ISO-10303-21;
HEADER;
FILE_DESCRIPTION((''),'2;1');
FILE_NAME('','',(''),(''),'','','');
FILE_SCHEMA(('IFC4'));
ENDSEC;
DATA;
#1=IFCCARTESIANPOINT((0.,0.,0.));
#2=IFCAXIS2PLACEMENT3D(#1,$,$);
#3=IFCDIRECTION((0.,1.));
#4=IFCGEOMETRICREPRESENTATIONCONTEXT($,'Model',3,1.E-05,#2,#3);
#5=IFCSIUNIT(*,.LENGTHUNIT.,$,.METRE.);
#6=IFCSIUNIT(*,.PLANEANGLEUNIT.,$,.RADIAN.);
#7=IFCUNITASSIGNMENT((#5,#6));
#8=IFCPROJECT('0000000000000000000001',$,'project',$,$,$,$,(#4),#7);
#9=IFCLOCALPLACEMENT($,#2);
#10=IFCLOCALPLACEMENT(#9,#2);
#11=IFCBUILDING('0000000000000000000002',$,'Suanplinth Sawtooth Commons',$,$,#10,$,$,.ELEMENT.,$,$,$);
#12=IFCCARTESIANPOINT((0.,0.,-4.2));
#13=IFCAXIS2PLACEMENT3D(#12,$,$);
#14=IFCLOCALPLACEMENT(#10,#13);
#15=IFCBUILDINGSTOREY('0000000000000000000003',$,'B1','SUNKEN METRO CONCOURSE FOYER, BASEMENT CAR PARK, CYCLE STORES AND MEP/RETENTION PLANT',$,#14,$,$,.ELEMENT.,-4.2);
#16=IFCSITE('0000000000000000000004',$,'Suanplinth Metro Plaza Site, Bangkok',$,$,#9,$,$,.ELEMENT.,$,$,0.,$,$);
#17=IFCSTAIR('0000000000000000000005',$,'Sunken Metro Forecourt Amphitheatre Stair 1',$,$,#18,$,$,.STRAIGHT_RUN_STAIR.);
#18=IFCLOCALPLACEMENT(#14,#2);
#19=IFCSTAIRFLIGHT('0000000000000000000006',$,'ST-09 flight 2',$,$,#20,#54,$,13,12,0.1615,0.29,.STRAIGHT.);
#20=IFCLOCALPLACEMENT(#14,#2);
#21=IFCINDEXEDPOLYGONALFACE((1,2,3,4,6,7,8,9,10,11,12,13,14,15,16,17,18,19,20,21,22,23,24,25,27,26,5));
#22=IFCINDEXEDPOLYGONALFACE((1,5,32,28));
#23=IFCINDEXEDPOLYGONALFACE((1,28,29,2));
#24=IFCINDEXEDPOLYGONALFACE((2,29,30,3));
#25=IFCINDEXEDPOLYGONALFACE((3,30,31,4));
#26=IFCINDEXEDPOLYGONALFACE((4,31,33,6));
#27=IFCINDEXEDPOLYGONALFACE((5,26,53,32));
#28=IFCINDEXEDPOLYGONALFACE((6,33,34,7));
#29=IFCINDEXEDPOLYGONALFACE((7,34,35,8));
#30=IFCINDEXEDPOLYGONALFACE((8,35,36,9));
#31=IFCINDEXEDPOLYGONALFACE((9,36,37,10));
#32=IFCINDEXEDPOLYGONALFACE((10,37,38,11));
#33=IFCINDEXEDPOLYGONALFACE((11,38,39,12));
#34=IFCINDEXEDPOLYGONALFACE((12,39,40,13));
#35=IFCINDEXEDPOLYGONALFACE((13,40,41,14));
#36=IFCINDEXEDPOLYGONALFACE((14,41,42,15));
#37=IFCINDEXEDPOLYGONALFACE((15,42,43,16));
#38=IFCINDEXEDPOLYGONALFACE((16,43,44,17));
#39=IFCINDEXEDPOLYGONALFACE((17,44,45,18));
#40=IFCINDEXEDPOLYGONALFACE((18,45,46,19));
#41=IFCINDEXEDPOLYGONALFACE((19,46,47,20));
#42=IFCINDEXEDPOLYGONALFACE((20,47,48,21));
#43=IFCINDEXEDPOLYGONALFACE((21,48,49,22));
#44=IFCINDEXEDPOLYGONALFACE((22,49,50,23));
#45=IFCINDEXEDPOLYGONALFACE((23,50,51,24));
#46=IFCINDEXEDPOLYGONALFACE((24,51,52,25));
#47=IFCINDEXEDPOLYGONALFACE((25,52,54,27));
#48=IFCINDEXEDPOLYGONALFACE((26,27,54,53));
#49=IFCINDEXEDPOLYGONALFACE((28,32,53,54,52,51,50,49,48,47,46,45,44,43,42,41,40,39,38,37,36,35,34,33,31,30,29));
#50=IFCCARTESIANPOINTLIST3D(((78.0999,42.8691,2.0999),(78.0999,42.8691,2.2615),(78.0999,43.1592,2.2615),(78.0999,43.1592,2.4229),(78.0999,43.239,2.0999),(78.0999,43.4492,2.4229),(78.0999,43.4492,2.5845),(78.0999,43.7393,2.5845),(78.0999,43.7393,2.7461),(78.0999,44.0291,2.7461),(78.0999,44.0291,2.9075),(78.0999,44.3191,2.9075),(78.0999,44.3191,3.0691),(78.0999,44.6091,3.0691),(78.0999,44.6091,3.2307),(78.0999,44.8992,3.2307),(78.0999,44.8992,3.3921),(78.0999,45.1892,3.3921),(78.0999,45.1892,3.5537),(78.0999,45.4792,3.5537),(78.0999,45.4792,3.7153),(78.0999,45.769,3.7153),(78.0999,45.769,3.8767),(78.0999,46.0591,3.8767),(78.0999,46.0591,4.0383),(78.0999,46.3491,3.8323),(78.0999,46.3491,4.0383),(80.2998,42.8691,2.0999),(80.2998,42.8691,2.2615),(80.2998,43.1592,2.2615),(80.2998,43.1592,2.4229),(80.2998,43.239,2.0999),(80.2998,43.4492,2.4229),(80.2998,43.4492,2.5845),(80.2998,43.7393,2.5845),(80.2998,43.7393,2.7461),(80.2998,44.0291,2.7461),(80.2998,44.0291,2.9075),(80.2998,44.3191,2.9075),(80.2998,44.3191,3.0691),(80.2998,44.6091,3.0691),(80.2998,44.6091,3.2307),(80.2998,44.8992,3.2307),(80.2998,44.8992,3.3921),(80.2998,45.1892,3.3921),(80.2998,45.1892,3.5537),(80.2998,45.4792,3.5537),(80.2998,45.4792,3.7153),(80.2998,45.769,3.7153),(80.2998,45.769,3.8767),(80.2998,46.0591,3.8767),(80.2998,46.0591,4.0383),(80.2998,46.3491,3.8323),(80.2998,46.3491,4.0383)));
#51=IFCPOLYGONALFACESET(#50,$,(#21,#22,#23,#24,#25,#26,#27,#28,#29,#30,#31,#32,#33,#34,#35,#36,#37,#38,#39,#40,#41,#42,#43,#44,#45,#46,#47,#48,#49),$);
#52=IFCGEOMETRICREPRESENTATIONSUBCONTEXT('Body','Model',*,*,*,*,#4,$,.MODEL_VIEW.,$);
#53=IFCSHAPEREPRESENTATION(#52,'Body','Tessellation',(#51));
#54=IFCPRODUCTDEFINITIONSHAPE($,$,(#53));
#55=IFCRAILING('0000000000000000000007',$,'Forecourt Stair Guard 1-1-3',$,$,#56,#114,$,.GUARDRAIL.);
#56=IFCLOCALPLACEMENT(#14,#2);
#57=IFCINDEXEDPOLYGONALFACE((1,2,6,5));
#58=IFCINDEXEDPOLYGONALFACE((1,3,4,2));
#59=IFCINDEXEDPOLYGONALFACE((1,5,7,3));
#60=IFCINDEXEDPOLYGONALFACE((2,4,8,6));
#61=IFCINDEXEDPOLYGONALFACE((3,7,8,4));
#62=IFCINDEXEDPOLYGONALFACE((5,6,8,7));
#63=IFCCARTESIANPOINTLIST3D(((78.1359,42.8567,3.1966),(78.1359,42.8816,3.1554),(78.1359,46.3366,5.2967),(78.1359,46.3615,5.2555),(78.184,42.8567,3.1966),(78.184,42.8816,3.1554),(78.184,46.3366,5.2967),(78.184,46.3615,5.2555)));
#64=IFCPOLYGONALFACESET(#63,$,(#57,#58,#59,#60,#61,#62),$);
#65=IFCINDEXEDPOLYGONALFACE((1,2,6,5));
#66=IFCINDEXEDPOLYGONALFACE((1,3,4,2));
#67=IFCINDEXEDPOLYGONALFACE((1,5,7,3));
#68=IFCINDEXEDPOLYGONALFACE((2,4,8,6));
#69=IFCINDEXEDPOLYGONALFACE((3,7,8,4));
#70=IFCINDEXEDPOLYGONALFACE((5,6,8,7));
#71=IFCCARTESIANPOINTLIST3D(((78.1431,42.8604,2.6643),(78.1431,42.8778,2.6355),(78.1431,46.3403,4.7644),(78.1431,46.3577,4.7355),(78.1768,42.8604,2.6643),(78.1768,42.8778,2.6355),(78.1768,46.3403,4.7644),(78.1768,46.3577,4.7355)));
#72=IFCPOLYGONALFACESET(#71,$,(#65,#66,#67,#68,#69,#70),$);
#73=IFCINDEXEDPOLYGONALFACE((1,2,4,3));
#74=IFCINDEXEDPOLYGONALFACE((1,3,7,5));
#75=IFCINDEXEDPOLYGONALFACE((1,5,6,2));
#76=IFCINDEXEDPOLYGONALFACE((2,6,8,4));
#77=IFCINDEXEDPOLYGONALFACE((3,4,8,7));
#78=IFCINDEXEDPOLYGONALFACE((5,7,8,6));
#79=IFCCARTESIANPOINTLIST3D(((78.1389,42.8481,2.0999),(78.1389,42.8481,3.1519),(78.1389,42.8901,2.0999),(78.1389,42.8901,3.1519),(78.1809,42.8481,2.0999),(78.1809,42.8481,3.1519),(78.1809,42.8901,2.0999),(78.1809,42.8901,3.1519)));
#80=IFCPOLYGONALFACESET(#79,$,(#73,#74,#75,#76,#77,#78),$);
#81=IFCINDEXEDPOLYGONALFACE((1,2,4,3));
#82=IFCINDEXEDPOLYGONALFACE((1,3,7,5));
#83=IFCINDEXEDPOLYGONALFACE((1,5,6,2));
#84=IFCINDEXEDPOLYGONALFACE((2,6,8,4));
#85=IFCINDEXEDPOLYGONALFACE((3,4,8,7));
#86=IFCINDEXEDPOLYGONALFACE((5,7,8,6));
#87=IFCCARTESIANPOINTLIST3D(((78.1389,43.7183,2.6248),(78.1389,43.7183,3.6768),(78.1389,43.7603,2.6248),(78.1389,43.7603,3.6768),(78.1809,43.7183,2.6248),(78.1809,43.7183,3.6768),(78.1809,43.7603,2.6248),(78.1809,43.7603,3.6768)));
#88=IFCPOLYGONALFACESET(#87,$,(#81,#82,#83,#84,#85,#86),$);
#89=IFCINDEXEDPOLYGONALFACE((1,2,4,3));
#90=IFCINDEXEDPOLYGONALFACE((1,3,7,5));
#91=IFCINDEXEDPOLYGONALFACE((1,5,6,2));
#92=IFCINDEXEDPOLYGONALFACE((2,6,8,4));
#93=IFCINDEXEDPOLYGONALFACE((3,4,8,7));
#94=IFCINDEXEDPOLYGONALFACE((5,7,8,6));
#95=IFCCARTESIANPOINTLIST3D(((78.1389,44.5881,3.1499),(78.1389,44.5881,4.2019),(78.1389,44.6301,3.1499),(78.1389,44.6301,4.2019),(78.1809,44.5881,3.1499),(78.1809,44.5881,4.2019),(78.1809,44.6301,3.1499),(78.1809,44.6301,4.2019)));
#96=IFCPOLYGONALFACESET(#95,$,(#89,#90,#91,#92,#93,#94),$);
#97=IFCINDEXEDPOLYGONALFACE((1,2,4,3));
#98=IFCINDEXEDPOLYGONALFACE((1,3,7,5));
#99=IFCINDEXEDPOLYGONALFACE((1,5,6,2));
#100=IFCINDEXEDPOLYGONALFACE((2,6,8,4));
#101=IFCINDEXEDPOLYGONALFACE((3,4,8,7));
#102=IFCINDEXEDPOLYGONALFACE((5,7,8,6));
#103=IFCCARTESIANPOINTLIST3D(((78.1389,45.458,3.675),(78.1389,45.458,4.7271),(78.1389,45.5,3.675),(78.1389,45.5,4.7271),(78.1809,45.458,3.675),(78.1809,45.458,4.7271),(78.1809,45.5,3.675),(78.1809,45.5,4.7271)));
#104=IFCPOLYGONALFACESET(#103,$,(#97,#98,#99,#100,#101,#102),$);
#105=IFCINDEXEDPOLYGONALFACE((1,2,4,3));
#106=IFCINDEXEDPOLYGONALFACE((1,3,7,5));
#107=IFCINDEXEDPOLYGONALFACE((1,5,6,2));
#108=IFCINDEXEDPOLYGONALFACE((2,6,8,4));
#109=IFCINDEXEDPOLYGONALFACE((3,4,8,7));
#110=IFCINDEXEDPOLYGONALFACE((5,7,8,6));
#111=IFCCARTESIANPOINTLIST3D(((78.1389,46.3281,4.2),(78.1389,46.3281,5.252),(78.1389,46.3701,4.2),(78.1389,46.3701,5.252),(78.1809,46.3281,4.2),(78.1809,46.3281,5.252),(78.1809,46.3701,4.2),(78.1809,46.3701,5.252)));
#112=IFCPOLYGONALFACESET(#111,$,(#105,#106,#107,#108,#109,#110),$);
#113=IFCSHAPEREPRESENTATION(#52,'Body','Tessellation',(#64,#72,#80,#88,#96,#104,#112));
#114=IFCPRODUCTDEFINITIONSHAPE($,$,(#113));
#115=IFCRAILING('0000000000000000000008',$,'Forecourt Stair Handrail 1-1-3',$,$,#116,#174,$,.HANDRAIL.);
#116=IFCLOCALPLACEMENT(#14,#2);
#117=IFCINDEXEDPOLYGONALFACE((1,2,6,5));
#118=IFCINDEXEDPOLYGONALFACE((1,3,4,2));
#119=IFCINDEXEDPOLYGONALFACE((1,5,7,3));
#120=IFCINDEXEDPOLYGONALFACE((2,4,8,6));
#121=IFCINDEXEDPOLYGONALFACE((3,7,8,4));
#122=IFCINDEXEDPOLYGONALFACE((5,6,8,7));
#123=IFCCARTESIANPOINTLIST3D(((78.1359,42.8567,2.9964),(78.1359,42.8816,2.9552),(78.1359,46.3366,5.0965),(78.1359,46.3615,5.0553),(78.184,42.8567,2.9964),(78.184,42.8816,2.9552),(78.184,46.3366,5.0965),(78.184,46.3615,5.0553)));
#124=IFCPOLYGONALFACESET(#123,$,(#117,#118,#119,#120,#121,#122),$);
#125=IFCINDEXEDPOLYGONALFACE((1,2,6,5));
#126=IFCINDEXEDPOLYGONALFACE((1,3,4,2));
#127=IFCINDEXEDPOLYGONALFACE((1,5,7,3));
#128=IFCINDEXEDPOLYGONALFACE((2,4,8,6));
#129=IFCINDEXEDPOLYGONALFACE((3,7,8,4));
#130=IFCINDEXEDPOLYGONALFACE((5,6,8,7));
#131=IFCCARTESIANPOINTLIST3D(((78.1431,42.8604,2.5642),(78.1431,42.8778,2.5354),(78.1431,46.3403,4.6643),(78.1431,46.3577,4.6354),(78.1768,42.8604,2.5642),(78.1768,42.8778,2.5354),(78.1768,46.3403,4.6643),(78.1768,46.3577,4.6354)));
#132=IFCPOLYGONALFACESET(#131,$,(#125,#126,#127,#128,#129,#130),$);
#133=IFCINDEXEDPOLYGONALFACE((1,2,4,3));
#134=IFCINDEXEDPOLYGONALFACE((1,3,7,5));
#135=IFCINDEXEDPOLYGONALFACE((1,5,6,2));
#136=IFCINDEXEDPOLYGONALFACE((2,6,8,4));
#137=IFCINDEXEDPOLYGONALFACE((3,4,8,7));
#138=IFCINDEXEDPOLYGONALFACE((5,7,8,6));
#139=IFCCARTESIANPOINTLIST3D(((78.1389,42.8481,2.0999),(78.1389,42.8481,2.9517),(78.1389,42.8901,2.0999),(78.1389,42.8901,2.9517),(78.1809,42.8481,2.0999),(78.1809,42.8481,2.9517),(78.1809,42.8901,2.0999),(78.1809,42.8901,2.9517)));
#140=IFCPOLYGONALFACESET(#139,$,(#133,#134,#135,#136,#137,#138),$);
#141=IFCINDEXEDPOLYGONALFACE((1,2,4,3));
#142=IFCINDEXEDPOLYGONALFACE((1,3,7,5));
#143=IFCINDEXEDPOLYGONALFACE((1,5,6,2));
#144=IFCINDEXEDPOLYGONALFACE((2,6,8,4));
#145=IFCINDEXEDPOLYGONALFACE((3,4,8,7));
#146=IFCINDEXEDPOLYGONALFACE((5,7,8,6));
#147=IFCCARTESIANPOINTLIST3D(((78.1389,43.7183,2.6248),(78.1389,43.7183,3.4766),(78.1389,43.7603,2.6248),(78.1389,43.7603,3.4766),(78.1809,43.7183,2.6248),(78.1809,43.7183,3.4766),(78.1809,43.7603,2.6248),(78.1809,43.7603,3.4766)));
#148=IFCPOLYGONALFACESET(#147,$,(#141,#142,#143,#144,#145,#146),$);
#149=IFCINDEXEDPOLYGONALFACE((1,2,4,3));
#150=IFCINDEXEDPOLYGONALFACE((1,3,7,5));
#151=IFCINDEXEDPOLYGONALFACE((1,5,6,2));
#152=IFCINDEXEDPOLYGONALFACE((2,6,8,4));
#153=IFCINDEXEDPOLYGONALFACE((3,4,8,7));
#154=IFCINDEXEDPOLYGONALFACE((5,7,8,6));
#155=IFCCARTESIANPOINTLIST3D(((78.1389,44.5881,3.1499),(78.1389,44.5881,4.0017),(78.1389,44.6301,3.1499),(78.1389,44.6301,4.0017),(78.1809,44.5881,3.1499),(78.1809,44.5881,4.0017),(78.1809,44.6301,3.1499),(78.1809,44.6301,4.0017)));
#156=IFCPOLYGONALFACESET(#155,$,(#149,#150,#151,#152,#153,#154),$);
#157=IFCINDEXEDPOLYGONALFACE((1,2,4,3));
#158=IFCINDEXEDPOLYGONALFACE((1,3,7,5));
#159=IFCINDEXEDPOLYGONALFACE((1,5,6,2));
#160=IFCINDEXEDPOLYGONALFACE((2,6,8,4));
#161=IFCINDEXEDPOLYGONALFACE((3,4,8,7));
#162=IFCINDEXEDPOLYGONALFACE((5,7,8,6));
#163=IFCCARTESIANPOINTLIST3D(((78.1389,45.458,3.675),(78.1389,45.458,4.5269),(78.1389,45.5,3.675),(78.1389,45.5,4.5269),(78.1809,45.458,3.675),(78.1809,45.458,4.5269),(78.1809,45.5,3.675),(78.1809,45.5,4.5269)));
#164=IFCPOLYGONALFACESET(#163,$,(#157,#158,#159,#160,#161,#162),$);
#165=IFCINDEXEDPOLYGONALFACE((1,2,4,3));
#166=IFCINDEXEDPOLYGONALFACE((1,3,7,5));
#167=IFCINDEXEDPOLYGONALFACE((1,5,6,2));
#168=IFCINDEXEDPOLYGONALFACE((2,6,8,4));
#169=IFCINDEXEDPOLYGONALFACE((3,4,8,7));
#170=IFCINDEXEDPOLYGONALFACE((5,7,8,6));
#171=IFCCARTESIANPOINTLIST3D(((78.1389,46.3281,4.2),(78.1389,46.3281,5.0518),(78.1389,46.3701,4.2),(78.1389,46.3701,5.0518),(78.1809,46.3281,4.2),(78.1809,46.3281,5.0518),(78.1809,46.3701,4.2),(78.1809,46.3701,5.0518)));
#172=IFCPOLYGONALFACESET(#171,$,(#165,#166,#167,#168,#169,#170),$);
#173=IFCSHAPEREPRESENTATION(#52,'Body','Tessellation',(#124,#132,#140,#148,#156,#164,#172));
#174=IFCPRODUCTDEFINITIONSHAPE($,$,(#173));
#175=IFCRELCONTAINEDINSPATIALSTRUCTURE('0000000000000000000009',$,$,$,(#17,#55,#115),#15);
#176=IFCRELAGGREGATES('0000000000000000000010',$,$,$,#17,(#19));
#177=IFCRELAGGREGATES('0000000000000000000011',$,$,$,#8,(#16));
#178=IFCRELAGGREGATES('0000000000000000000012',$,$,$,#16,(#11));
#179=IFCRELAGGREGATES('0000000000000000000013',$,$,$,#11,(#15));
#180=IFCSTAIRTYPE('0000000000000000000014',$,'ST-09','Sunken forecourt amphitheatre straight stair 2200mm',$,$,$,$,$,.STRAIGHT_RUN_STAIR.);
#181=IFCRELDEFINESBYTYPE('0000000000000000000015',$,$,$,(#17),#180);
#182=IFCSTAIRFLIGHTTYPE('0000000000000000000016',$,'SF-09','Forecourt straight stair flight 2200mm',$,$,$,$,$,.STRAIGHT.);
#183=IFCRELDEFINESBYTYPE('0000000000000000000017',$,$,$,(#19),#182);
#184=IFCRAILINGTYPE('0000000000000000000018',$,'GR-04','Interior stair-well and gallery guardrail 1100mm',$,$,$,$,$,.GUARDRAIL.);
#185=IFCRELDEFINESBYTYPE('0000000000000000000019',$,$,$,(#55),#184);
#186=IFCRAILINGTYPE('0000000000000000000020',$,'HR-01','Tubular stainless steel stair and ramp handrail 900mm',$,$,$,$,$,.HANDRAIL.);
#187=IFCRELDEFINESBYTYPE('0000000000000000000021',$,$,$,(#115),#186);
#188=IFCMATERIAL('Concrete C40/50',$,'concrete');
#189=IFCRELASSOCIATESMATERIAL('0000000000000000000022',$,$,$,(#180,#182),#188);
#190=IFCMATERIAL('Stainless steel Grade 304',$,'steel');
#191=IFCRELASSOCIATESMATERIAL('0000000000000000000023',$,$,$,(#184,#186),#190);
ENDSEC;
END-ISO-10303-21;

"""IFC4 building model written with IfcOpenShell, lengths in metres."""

from ifc_helpers import new_model, si_unit, direction, frame, origin, origin_2d, place, context, subcontext, project, spatial, polyline, rectangle, outline, extrude, material, type_object, element, aggregate, save


model = new_model("IFC4")

# Units and contexts
model_context = context("Model", 3, precision=1e-05, world=origin(), true_north=direction((0.0, 1.0)))
body_context = subcontext(model_context, "Body", "Model", "MODEL_VIEW")
ifc_project = project(units=[si_unit("LENGTHUNIT", "METRE"), si_unit("PLANEANGLEUNIT", "RADIAN")], contexts=[model_context])

# Site, building, storey
site_placement = place(None, origin())
site = spatial("IfcSite", under=ifc_project, at=site_placement, Name="Suanplinth Metro Plaza Site, Bangkok", CompositionType="ELEMENT", RefElevation=0.0)
building_placement = place(site_placement, origin())
building = spatial("IfcBuilding", under=site, at=building_placement, Name="Suanplinth Sawtooth Commons", CompositionType="ELEMENT")
storey_placement = place(building_placement, frame((0.0, 0.0, -4.2)))
storey = spatial("IfcBuildingStorey", under=building, at=storey_placement, Name="B1", Description="SUNKEN METRO CONCOURSE FOYER, BASEMENT CAR PARK, CYCLE STORES AND MEP/RETENTION PLANT", CompositionType="ELEMENT", Elevation=-4.2)

# Shared definitions
ifc_material_1 = material(Name="Concrete C40/50", Category="concrete")

# Stair, stair flight
stair_type = type_object("IfcStairType", Name="ST-09", Description="Sunken forecourt amphitheatre straight stair 2200mm", PredefinedType="STRAIGHT_RUN_STAIR", material=ifc_material_1)
stair_placement = place(storey_placement, origin())
stair = element("IfcStair", 1, at=stair_placement, inside=storey, type_object=stair_type, Name="Sunken Metro Forecourt Amphitheatre Stair 1", PredefinedType="STRAIGHT_RUN_STAIR")
stair_flight_type = type_object("IfcStairFlightType", Name="SF-09", Description="Forecourt straight stair flight 2200mm", PredefinedType="STRAIGHT", material=ifc_material_1)
stair_flight_placement = place(storey_placement, frame((79.2, 42.8691, 2.0999), z_axis=(0.0, 0.0, 1.0), x_axis=(0.0, 1.0, 0.0)))
stair_flight = element("IfcStairFlight", 2, at=stair_flight_placement, type_object=stair_flight_type, Name="ST-09 flight 2", NumberOfRisers=13, NumberOfTreads=12, PredefinedType="STRAIGHT", RiserHeight=0.1615, TreadLength=0.29, context=body_context, shape_type="SweptSolid", body=[
    extrude(outline(polyline([(0.0, 0.0), (0.0, 0.1616), (0.29, 0.1616), (0.29, 0.323), (0.5801, 0.323), (0.5801, 0.4846), (0.8701, 0.4846), (0.8701, 0.6462), (1.1599, 0.6462), (1.1599, 0.8076), (1.45, 0.8076), (1.45, 0.9692), (1.74, 0.9692), (1.74, 1.1309), (2.03, 1.1309), (2.03, 1.2922), (2.3201, 1.2922), (2.3201, 1.4539), (2.6101, 1.4539), (2.6101, 1.6155), (2.8999, 1.6155), (2.8999, 1.7769), (3.1899, 1.7769), (3.1899, 1.9385), (3.48, 1.9385), (3.48, 2.1001), (3.48, 1.7324), (0.3699, 0.0), (0.0, 0.0)])), frame((0.0, 1.1001, 0.0), z_axis=(0.0, -1.0, 0.0), x_axis=(1.0, 0.0, 0.0)), (0.0, 0.0, 1.0), 2.2),
])
aggregate(stair, [stair_flight])

# Railings
ifc_material_2 = material(Name="Stainless steel Grade 304", Category="steel")
railing_type_1 = type_object("IfcRailingType", Name="GR-04", Description="Interior stair-well and gallery guardrail 1100mm", PredefinedType="GUARDRAIL", material=ifc_material_2)
railing_1_placement = place(storey_placement, frame((78.1599, 42.8691, 2.0999)))
element("IfcRailing", 3, at=railing_1_placement, inside=storey, type_object=railing_type_1, Name="Forecourt Stair Guard 1-1-3", PredefinedType="GUARDRAIL", context=body_context, shape_type="SweptSolid", body=[
    extrude(rectangle(XDim=0.0481, YDim=0.0481, at=origin_2d()), frame((0.0, 0.0, 1.0762), z_axis=(0.0, 0.856176, 0.516685), x_axis=(-1.0, 0.0, 0.0)), (0.0, 0.0, 1.0), 4.0645),
    extrude(rectangle(XDim=0.0337, YDim=0.0337, at=origin_2d()), frame((0.0, 0.0, 0.55), z_axis=(0.0, 0.856176, 0.516685), x_axis=(-1.0, 0.0, 0.0)), (0.0, 0.0, 1.0), 4.0645),
    extrude(rectangle(XDim=0.042, YDim=0.042, at=origin_2d()), origin(), (0.0, 0.0, 1.0), 1.052),
    extrude(rectangle(XDim=0.042, YDim=0.042, at=origin_2d()), frame((0.0, 0.8701, 0.5249)), (0.0, 0.0, 1.0), 1.052),
    extrude(rectangle(XDim=0.042, YDim=0.042, at=origin_2d()), frame((0.0, 1.74, 1.05)), (0.0, 0.0, 1.0), 1.052),
    extrude(rectangle(XDim=0.042, YDim=0.042, at=origin_2d()), frame((0.0, 2.6099, 1.5752)), (0.0, 0.0, 1.0), 1.052),
    extrude(rectangle(XDim=0.042, YDim=0.042, at=origin_2d()), frame((0.0, 3.48, 2.1001)), (0.0, 0.0, 1.0), 1.052),
])
railing_type_2 = type_object("IfcRailingType", Name="HR-01", Description="Tubular stainless steel stair and ramp handrail 900mm", PredefinedType="HANDRAIL", material=ifc_material_2)
railing_2_placement = place(storey_placement, frame((78.1599, 42.8691, 2.0999)))
element("IfcRailing", 4, at=railing_2_placement, inside=storey, type_object=railing_type_2, Name="Forecourt Stair Handrail 1-1-3", PredefinedType="HANDRAIL", context=body_context, shape_type="SweptSolid", body=[
    extrude(rectangle(XDim=0.0481, YDim=0.0481, at=origin_2d()), frame((0.0, 0.0, 0.876), z_axis=(0.0, 0.856176, 0.516685), x_axis=(-1.0, 0.0, 0.0)), (0.0, 0.0, 1.0), 4.0645),
    extrude(rectangle(XDim=0.0337, YDim=0.0337, at=origin_2d()), frame((0.0, 0.0, 0.45), z_axis=(0.0, 0.856176, 0.516685), x_axis=(-1.0, 0.0, 0.0)), (0.0, 0.0, 1.0), 4.0645),
    extrude(rectangle(XDim=0.042, YDim=0.042, at=origin_2d()), origin(), (0.0, 0.0, 1.0), 0.8518),
    extrude(rectangle(XDim=0.042, YDim=0.042, at=origin_2d()), frame((0.0, 0.8701, 0.5249)), (0.0, 0.0, 1.0), 0.8518),
    extrude(rectangle(XDim=0.042, YDim=0.042, at=origin_2d()), frame((0.0, 1.74, 1.05)), (0.0, 0.0, 1.0), 0.8518),
    extrude(rectangle(XDim=0.042, YDim=0.042, at=origin_2d()), frame((0.0, 2.6099, 1.5752)), (0.0, 0.0, 1.0), 0.8518),
    extrude(rectangle(XDim=0.042, YDim=0.042, at=origin_2d()), frame((0.0, 3.48, 2.1001)), (0.0, 0.0, 1.0), 0.8518),
])

save(model, "model.ifc")
